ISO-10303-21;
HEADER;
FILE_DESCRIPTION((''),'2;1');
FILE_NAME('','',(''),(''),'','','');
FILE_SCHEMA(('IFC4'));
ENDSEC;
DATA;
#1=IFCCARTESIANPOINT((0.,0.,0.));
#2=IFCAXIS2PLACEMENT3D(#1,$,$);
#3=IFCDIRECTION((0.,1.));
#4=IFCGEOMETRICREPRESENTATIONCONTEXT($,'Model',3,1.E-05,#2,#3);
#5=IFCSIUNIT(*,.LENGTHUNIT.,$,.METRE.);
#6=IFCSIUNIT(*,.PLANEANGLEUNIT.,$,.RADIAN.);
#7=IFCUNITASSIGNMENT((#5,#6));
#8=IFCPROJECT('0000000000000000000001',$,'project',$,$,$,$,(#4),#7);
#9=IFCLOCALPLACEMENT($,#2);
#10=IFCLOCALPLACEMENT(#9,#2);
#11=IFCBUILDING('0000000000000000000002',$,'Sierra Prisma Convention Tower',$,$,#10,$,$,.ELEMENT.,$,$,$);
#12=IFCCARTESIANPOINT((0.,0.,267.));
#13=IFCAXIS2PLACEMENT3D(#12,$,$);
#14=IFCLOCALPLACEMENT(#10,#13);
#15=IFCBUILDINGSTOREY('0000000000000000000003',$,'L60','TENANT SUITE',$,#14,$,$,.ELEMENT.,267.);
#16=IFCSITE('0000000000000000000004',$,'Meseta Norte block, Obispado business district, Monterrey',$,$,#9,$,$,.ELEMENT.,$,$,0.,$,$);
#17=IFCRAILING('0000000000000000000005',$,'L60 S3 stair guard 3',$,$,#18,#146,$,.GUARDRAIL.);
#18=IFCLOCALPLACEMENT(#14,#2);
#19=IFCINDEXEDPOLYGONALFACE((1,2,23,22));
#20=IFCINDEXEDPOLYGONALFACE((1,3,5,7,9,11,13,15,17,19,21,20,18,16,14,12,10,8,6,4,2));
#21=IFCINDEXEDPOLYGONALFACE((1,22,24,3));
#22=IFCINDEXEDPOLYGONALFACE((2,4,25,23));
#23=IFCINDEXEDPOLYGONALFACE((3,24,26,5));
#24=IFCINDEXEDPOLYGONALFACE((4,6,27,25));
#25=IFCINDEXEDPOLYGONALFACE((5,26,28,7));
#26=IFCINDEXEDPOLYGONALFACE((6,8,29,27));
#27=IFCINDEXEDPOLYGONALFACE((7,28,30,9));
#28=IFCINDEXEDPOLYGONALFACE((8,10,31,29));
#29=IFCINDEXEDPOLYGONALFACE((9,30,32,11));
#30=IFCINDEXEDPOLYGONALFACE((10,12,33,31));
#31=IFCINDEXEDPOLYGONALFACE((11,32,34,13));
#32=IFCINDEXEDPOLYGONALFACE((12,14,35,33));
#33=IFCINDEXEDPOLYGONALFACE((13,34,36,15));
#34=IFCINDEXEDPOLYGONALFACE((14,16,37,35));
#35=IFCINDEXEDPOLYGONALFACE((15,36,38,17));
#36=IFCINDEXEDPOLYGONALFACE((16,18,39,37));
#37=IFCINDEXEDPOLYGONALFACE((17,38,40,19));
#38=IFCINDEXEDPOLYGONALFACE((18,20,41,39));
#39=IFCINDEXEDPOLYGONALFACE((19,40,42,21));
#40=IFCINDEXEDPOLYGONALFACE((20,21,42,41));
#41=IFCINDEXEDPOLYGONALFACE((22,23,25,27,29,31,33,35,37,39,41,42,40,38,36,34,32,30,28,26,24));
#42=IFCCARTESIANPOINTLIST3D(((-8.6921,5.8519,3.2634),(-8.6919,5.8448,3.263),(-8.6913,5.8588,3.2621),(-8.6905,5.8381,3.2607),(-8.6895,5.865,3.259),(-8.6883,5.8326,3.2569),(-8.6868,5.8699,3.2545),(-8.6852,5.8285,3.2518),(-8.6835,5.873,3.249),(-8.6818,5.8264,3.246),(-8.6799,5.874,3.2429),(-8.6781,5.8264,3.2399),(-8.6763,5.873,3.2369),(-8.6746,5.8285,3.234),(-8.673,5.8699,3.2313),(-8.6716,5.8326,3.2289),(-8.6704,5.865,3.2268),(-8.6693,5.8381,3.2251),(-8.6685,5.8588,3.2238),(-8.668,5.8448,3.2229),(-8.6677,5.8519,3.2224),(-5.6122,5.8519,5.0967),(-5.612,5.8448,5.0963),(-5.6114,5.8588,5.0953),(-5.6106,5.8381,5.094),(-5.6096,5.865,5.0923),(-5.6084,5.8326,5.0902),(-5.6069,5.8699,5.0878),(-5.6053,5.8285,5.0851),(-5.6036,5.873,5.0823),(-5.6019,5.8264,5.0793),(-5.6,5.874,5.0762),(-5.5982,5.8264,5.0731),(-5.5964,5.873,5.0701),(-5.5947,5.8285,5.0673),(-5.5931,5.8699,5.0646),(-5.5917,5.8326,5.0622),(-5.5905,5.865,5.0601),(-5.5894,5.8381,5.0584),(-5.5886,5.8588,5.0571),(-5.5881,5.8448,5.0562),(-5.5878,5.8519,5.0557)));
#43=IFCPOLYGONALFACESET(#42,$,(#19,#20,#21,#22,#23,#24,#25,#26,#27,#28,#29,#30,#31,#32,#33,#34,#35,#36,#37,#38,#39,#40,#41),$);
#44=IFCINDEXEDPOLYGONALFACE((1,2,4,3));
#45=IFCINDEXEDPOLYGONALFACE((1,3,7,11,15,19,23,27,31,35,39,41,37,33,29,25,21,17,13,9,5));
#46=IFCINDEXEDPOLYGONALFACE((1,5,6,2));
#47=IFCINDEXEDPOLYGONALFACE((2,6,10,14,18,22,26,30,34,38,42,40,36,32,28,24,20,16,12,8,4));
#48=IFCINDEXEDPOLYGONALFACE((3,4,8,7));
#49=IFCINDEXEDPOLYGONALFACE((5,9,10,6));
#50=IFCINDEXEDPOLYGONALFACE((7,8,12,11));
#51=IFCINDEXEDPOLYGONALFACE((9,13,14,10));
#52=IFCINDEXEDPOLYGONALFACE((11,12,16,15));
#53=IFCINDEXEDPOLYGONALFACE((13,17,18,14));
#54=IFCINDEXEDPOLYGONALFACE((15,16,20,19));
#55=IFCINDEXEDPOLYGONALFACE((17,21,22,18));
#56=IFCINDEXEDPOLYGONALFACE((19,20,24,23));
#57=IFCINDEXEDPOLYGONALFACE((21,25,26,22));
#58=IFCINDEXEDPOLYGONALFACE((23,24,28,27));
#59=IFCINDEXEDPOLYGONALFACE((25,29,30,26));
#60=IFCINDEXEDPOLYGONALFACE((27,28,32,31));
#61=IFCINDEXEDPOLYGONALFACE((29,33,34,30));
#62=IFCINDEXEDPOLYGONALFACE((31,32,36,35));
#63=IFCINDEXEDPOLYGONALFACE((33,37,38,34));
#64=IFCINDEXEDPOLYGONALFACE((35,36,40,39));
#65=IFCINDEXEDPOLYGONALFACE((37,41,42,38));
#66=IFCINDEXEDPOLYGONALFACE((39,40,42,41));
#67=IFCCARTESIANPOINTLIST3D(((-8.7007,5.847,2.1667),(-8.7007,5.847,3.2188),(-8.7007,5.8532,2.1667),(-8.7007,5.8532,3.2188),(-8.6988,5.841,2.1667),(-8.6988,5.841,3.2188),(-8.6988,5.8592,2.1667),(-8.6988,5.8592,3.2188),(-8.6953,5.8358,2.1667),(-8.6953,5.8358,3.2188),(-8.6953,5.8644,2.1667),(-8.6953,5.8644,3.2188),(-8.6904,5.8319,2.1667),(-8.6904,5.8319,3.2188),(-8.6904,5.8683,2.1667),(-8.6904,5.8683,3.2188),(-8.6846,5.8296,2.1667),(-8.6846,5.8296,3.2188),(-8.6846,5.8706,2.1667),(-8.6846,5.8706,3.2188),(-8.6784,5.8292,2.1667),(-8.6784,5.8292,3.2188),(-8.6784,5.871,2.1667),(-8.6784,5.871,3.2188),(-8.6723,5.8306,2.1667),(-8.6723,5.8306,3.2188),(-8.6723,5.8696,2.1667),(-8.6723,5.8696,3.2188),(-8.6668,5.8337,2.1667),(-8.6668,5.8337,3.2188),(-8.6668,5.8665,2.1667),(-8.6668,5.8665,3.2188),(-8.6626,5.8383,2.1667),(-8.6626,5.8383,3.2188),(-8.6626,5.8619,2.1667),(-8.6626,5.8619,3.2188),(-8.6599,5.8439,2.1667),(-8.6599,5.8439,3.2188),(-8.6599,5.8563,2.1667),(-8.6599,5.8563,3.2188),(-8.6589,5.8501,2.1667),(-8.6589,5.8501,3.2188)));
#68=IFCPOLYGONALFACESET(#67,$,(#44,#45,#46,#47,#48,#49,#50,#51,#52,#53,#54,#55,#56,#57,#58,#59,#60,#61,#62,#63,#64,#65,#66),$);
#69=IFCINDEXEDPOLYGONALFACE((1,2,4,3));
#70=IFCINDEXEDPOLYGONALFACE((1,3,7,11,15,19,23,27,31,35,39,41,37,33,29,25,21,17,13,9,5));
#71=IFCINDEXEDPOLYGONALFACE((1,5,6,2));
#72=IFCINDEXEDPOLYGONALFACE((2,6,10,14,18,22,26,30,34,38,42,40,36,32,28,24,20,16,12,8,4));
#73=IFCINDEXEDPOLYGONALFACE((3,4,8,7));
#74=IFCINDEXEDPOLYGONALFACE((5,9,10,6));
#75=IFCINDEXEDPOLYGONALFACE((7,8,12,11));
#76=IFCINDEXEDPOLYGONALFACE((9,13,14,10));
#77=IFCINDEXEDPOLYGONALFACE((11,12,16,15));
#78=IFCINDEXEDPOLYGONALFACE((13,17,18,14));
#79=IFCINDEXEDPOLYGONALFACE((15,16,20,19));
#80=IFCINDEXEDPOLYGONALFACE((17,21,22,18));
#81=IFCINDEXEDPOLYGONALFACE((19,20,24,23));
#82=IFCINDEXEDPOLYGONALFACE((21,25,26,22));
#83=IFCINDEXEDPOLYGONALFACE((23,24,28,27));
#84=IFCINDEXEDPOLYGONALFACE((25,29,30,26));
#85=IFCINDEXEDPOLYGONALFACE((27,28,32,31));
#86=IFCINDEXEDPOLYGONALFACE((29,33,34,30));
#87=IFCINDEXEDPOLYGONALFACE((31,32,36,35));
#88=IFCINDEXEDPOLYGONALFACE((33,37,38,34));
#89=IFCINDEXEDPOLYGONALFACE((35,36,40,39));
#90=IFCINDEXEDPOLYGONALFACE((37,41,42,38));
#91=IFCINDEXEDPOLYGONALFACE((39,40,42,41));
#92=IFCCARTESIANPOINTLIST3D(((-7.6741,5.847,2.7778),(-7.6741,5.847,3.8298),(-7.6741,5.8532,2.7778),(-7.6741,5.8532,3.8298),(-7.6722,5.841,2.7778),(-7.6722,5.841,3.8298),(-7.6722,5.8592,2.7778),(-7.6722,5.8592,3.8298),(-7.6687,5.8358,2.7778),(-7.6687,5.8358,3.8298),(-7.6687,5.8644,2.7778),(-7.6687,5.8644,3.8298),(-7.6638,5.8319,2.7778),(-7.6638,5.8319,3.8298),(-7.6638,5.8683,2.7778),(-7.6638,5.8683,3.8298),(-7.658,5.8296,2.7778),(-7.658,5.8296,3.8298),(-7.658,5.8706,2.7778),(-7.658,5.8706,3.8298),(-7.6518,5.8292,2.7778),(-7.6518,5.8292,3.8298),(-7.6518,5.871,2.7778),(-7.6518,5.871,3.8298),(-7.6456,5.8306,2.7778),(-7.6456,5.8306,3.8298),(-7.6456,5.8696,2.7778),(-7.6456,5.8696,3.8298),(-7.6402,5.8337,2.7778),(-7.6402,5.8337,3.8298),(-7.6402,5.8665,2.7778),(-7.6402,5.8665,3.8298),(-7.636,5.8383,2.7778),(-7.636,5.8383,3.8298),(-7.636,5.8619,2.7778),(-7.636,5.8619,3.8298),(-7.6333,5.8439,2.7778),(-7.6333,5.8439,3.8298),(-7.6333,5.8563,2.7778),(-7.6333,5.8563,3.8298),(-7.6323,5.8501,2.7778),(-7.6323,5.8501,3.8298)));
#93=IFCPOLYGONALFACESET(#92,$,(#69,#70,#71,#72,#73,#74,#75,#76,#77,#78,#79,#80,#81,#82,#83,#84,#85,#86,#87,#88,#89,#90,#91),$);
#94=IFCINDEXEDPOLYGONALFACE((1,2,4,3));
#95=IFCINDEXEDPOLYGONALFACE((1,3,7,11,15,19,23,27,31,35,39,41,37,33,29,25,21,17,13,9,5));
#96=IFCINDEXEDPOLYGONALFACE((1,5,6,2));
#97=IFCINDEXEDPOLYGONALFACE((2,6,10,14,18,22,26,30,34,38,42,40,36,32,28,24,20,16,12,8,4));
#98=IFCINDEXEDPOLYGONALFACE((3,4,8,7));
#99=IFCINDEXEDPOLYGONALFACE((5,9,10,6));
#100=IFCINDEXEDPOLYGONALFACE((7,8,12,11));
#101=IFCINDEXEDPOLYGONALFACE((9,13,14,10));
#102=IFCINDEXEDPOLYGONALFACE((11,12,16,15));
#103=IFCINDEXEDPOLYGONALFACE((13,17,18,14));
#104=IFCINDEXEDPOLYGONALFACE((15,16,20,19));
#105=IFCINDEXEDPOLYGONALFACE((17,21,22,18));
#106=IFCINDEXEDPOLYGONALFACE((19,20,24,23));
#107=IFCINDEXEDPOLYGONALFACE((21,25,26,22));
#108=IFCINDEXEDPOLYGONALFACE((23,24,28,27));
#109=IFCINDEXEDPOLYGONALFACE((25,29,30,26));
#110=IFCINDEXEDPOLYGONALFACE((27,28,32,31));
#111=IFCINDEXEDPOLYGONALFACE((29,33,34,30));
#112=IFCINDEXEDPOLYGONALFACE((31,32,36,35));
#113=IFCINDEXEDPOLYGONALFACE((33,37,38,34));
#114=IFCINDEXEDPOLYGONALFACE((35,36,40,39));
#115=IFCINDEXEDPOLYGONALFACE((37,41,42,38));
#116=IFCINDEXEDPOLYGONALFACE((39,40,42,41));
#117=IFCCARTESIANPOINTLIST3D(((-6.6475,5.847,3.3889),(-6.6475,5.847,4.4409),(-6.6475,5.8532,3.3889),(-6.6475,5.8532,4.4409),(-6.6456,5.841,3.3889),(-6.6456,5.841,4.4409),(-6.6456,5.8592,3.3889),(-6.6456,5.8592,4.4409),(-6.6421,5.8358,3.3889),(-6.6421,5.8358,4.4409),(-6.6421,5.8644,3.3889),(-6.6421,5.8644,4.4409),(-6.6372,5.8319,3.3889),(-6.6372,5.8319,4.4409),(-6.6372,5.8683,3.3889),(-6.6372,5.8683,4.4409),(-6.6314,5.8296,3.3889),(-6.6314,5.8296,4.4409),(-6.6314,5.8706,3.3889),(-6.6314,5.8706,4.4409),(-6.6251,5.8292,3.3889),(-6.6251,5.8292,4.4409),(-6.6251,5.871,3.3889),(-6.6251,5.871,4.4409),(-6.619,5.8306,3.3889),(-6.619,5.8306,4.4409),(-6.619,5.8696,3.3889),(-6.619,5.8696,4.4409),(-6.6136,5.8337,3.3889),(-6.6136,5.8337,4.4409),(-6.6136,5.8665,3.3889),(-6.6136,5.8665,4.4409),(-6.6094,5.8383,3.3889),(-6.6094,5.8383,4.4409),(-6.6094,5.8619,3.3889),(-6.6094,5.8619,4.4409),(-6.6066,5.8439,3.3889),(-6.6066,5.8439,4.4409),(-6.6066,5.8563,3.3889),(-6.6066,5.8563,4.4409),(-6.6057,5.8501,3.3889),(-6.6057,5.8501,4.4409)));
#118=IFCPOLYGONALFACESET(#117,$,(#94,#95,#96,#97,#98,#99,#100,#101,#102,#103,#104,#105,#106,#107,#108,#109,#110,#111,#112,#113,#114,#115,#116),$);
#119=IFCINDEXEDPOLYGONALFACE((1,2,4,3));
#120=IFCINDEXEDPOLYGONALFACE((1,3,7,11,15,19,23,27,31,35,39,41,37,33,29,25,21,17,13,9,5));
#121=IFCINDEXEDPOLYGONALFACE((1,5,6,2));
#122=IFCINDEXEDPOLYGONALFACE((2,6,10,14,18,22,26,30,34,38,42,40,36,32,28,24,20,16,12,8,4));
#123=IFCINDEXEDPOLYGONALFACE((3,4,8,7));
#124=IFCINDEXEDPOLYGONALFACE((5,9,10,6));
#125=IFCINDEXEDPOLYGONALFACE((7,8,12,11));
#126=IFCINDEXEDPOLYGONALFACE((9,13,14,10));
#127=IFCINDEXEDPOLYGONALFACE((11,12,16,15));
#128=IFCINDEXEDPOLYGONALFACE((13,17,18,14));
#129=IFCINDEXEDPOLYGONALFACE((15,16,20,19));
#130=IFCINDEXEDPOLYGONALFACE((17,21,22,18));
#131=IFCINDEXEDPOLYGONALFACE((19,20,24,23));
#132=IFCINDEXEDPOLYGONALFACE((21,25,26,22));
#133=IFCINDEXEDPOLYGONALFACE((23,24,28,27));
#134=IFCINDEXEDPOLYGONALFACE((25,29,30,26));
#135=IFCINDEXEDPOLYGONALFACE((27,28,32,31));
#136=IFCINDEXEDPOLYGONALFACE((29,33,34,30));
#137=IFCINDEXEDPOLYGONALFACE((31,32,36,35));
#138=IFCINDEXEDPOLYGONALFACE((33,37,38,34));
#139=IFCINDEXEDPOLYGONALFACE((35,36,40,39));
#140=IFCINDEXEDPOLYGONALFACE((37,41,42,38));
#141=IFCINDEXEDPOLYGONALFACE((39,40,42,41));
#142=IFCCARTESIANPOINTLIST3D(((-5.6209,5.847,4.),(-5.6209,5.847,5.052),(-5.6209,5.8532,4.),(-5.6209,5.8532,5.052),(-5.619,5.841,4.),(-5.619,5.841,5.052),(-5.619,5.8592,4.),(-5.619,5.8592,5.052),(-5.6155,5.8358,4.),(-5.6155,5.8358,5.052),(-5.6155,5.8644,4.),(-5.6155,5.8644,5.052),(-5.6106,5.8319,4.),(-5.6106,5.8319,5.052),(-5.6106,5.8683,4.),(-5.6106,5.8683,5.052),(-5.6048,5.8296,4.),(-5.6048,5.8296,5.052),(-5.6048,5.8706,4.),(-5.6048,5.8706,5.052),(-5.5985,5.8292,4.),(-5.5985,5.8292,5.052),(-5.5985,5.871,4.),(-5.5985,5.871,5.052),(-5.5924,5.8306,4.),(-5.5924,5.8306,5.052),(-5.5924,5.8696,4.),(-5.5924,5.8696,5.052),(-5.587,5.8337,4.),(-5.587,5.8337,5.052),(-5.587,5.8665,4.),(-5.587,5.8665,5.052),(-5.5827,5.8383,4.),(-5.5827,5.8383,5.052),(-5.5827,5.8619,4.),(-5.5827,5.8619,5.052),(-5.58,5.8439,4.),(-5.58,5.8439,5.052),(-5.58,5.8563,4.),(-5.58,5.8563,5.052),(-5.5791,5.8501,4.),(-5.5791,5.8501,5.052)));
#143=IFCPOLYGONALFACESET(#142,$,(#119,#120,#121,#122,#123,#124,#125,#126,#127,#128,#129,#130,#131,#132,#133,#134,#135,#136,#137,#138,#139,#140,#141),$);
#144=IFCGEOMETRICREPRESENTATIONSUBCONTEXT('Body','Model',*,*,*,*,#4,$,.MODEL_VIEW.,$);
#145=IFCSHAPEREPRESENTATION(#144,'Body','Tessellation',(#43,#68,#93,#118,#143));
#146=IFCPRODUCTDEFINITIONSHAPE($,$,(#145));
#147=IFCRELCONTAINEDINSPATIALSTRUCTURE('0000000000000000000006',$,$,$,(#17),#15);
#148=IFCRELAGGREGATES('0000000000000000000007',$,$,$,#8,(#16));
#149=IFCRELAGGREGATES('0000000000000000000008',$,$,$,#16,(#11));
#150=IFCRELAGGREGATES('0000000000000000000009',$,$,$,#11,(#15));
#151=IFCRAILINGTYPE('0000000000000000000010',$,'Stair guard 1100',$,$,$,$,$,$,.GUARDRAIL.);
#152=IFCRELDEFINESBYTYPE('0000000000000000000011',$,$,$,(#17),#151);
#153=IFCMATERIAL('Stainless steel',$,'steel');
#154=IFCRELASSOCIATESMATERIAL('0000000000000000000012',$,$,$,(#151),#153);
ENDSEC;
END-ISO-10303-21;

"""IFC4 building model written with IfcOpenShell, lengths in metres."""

from ifc_helpers import new_model, si_unit, direction, frame, origin, origin_2d, place, context, subcontext, project, spatial, circle, extrude, material, type_object, element, save


model = new_model("IFC4")

# Units and contexts
model_context = context("Model", 3, precision=1e-05, world=origin(), true_north=direction((0.0, 1.0)))
body_context = subcontext(model_context, "Body", "Model", "MODEL_VIEW")
ifc_project = project(units=[si_unit("LENGTHUNIT", "METRE"), si_unit("PLANEANGLEUNIT", "RADIAN")], contexts=[model_context])

# Site, building, storey
site_placement = place(None, origin())
site = spatial("IfcSite", under=ifc_project, at=site_placement, Name="Meseta Norte block, Obispado business district, Monterrey", CompositionType="ELEMENT", RefElevation=0.0)
building_placement = place(site_placement, origin())
building = spatial("IfcBuilding", under=site, at=building_placement, Name="Sierra Prisma Convention Tower", CompositionType="ELEMENT")
storey_placement = place(building_placement, frame((0.0, 0.0, 267.0)))
storey = spatial("IfcBuildingStorey", under=building, at=storey_placement, Name="L60", Description="TENANT SUITE", CompositionType="ELEMENT", Elevation=267.0)

# Railing
ifc_material_1 = material(Name="Stainless steel", Category="steel")
railing_type_1 = type_object("IfcRailingType", Name="Stair guard 1100", PredefinedType="GUARDRAIL", material=ifc_material_1)
railing_1_placement = place(storey_placement, frame((-8.6799, 5.8501, 2.1667)))
element("IfcRailing", 1, at=railing_1_placement, inside=storey, type_object=railing_type_1, Name="L60 S3 stair guard 3", PredefinedType="GUARDRAIL", context=body_context, shape_type="SweptSolid", body=[
    extrude(circle(Radius=0.0239, at=origin_2d()), frame((0.0, 0.0, 1.0762), z_axis=(0.859291, 0.0, 0.511487), x_axis=(0.0, 1.0, 0.0)), (0.0, 0.0, 1.0), 3.5842),
    extrude(circle(Radius=0.021, at=origin_2d()), origin(), (0.0, 0.0, 1.0), 1.052),
    extrude(circle(Radius=0.021, at=origin_2d()), frame((1.0266, 0.0, 0.6111)), (0.0, 0.0, 1.0), 1.052),
    extrude(circle(Radius=0.021, at=origin_2d()), frame((2.0532, 0.0, 1.2222)), (0.0, 0.0, 1.0), 1.052),
    extrude(circle(Radius=0.021, at=origin_2d()), frame((3.0798, 0.0, 1.8333)), (0.0, 0.0, 1.0), 1.052),
])

save(model, "model.ifc")
